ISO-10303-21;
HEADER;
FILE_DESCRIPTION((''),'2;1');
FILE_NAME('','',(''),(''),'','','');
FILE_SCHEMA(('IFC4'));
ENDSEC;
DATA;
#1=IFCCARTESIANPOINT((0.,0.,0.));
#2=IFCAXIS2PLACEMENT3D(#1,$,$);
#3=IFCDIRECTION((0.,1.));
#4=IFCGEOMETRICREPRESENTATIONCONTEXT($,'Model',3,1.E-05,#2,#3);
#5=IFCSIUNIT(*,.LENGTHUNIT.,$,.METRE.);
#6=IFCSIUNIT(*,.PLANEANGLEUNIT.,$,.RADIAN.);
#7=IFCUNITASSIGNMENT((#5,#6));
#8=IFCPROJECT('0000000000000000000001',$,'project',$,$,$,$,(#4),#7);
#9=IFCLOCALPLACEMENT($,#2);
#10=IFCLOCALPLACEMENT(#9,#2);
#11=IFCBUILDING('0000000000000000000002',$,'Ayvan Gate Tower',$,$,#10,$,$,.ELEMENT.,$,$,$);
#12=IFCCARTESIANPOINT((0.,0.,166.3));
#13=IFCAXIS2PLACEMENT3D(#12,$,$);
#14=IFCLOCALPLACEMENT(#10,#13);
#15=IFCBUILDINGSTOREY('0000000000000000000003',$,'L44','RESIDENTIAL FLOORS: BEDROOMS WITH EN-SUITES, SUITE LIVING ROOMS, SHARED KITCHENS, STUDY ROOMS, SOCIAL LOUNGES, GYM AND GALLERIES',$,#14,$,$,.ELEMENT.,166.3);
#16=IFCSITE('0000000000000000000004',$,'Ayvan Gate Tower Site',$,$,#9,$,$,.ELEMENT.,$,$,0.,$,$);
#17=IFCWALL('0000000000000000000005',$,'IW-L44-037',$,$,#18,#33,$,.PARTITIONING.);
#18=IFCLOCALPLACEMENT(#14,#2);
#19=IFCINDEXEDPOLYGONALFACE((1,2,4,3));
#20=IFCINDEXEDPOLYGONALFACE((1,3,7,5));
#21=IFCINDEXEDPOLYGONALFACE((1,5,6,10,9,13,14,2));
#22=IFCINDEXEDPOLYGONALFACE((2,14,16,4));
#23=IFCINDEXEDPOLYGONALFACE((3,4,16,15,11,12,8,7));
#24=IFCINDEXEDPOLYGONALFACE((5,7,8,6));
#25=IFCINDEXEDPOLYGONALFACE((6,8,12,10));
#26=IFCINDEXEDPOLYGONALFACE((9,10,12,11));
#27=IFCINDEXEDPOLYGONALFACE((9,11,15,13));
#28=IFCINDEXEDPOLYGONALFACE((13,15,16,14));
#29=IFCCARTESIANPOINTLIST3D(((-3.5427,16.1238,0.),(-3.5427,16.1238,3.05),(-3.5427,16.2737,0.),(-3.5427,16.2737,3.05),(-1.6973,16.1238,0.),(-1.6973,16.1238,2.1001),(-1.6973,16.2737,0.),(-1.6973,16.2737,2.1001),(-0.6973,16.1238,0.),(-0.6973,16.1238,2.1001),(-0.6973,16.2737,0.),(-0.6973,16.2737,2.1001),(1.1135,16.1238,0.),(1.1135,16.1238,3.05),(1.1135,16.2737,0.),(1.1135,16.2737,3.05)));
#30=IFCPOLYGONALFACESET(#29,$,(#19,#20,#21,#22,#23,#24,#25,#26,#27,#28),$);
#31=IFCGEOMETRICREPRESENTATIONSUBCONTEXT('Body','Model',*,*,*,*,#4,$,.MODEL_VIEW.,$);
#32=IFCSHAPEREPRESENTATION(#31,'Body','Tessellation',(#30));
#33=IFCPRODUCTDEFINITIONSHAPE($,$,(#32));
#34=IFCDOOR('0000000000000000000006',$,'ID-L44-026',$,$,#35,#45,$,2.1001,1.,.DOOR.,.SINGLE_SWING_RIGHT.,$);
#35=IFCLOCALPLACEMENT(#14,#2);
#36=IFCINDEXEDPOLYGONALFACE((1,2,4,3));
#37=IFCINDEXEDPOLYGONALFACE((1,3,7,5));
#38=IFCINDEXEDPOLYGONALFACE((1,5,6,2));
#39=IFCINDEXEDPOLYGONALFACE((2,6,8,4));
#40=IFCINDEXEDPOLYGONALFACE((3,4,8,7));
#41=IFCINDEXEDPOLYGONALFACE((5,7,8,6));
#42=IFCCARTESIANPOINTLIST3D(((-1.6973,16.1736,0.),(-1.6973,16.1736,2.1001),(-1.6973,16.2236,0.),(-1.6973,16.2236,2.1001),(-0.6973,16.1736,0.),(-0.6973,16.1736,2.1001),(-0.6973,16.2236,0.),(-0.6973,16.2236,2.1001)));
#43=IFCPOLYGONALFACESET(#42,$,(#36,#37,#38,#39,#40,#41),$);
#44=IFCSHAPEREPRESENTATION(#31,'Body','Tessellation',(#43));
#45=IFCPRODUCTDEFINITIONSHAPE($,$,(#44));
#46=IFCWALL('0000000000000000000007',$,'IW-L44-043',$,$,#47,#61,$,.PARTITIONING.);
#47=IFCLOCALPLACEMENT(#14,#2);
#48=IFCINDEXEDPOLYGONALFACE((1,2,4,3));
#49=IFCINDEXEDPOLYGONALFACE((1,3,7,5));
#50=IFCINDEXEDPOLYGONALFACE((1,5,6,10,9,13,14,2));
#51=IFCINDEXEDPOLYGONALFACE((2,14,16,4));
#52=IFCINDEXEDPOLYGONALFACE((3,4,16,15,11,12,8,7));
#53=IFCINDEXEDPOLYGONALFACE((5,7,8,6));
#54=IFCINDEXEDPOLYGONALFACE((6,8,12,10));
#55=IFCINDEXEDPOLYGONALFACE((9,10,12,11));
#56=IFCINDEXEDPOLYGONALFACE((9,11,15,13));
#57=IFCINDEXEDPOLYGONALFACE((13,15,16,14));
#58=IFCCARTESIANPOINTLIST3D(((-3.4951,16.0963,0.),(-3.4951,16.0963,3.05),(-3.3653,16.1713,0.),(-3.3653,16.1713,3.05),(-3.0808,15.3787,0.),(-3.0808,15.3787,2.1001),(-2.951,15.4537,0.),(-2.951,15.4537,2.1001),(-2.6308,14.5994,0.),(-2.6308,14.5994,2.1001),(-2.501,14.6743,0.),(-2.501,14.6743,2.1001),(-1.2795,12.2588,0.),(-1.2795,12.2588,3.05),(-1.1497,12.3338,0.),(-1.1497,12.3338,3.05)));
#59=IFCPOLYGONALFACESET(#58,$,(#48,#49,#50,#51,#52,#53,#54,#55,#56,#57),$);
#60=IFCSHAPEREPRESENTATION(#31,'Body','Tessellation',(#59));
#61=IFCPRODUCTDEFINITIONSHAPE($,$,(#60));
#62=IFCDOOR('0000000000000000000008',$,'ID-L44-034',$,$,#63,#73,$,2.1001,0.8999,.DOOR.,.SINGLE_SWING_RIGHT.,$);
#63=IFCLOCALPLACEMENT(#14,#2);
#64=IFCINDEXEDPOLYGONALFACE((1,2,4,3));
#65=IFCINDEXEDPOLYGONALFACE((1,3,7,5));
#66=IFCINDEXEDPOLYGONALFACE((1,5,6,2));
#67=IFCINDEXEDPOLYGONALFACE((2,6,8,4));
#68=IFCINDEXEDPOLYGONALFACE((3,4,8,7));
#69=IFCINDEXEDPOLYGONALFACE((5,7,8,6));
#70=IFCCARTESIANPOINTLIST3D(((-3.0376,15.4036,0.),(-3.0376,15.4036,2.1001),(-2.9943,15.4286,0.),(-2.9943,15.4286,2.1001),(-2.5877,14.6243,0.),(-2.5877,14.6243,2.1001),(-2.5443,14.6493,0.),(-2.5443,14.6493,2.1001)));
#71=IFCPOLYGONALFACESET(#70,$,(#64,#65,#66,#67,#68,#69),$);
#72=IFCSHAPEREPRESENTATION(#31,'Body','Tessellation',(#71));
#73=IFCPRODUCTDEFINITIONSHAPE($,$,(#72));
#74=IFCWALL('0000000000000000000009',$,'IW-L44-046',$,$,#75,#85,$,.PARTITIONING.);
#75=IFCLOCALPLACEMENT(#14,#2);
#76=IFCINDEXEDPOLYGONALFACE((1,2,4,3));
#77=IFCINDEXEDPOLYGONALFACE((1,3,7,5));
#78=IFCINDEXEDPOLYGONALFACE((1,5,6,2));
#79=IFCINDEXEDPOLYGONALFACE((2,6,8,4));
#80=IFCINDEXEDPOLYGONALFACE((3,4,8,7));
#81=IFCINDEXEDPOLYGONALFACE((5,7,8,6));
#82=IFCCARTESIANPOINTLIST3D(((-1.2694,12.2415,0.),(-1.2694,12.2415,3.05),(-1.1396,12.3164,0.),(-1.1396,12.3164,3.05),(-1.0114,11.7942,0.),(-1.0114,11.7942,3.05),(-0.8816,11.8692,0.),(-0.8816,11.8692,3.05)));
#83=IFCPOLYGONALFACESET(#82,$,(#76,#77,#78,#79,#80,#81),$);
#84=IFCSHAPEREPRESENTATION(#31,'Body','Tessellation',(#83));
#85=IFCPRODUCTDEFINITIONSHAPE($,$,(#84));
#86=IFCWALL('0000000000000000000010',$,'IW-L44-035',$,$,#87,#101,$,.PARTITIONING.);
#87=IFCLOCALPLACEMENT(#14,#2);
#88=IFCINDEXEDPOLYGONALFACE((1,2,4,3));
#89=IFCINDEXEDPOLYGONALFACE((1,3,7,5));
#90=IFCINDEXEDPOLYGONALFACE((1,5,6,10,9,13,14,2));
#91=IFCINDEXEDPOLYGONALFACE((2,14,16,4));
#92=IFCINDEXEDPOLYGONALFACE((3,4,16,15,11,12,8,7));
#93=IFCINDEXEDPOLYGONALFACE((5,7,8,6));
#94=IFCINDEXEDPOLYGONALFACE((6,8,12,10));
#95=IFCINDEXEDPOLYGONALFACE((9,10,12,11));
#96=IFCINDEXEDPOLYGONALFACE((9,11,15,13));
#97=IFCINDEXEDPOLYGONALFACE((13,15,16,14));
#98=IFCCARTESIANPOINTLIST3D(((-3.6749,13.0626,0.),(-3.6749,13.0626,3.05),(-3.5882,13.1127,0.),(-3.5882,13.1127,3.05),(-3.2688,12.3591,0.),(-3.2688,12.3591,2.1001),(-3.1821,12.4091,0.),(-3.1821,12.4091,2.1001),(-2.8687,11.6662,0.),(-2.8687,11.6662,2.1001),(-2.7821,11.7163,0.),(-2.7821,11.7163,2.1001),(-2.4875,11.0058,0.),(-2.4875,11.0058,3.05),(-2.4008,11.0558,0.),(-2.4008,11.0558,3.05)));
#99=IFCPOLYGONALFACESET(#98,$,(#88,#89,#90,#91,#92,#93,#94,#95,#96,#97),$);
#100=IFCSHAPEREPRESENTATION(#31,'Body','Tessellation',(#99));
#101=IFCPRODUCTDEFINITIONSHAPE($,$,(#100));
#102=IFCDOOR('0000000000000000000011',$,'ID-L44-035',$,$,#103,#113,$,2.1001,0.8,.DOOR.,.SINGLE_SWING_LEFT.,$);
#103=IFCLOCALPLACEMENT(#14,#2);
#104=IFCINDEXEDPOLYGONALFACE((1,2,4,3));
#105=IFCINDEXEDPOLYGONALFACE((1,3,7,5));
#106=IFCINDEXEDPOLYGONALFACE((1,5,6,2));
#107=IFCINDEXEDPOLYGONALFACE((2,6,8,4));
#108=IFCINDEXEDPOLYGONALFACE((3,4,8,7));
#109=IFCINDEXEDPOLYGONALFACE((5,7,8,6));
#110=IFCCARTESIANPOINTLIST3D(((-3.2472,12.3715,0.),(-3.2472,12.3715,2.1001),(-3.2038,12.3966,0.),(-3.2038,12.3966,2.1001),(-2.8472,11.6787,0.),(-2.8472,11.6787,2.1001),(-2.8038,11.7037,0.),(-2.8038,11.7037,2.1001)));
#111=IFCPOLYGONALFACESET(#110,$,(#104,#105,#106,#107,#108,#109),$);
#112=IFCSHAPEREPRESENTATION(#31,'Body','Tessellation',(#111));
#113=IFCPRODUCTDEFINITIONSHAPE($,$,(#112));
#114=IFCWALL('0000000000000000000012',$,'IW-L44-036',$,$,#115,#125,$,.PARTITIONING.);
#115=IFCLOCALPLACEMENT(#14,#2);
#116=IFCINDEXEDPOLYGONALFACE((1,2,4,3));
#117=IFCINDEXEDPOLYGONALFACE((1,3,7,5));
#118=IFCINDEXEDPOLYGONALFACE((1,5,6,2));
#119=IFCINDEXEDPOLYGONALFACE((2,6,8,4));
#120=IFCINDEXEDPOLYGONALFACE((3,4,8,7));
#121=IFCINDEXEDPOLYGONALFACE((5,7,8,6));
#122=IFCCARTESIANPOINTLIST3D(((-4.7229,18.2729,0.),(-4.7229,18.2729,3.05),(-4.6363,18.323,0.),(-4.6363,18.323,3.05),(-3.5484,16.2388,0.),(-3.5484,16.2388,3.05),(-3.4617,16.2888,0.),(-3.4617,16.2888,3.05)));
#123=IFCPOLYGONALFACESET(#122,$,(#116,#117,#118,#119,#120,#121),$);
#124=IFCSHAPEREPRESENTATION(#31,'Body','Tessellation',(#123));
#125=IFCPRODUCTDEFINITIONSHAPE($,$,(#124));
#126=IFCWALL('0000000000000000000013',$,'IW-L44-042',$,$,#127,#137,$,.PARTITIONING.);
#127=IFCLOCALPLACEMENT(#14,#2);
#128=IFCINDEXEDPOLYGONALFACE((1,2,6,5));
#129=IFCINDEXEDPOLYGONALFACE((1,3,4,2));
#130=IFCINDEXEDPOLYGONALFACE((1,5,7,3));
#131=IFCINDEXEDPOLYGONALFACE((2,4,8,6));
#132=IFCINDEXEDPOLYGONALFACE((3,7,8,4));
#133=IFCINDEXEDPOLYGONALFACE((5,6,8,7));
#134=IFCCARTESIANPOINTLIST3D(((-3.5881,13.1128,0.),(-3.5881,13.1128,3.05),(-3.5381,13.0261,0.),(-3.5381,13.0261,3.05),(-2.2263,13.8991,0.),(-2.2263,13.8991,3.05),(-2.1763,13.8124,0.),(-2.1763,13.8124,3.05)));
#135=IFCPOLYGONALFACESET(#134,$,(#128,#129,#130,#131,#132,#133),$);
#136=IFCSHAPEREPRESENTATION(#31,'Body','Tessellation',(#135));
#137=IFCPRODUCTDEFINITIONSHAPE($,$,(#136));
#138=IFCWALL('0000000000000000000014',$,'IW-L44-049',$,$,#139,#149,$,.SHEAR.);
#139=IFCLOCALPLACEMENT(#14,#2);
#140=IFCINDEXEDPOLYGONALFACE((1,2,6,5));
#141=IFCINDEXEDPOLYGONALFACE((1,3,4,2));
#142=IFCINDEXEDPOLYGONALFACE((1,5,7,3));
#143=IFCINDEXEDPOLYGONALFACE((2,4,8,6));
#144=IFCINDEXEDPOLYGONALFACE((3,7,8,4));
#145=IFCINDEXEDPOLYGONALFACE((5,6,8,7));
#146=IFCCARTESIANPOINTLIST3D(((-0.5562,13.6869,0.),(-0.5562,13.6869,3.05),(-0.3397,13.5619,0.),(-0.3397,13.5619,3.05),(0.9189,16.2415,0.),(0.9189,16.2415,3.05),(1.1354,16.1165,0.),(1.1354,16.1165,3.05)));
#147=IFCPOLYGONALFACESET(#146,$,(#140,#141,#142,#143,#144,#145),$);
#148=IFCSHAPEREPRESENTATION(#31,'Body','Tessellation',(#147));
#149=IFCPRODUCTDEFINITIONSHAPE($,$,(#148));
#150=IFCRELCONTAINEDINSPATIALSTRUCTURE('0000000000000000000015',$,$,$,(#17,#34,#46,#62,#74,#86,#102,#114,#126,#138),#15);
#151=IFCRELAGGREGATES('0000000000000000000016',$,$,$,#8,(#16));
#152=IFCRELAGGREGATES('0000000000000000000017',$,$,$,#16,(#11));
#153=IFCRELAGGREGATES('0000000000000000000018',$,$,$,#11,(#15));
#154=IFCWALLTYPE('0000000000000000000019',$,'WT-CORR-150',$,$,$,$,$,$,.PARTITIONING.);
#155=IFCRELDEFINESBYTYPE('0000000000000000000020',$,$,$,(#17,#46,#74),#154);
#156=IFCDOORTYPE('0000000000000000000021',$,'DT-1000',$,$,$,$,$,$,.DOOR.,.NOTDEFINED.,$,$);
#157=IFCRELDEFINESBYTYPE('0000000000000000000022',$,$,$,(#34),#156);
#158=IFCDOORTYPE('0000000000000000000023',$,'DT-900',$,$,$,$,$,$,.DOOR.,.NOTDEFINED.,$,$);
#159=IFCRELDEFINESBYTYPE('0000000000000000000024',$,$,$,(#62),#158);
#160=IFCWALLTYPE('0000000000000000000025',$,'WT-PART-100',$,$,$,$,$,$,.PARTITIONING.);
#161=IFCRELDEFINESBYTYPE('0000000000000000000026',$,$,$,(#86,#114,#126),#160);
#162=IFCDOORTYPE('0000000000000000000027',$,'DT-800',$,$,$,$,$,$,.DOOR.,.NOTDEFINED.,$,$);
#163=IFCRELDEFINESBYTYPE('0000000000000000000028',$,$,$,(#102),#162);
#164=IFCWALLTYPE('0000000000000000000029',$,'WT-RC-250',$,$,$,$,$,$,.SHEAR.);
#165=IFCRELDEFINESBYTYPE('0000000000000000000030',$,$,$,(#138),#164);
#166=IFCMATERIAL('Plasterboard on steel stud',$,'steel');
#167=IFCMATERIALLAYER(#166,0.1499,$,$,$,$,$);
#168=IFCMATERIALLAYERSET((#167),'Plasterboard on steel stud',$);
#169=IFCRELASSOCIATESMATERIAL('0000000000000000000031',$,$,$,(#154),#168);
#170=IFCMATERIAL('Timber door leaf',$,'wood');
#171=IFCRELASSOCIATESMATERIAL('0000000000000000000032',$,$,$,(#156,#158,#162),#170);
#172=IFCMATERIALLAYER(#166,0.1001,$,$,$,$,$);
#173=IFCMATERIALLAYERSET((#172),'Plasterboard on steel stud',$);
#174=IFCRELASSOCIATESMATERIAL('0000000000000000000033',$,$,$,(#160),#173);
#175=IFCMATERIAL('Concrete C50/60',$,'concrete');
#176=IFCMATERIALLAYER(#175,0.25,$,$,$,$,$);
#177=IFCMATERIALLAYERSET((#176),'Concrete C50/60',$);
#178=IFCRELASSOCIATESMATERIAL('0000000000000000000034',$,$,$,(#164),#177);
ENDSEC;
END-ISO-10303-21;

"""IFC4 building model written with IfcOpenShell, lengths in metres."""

from ifc_helpers import new_model, si_unit, direction, frame, frame_2d, origin, place, context, subcontext, project, spatial, rectangle, extrude, material, layer, layer_set, type_object, element, fill, save


model = new_model("IFC4")

# Units and contexts
model_context = context("Model", 3, precision=1e-05, world=origin(), true_north=direction((0.0, 1.0)))
body_context = subcontext(model_context, "Body", "Model", "MODEL_VIEW")
ifc_project = project(units=[si_unit("LENGTHUNIT", "METRE"), si_unit("PLANEANGLEUNIT", "RADIAN")], contexts=[model_context])

# Site, building, storey
site_placement = place(None, origin())
site = spatial("IfcSite", under=ifc_project, at=site_placement, Name="Ayvan Gate Tower Site", CompositionType="ELEMENT", RefElevation=0.0)
building_placement = place(site_placement, origin())
building = spatial("IfcBuilding", under=site, at=building_placement, Name="Ayvan Gate Tower", CompositionType="ELEMENT")
storey_placement = place(building_placement, frame((0.0, 0.0, 166.3)))
storey = spatial("IfcBuildingStorey", under=building, at=storey_placement, Name="L44", Description="RESIDENTIAL FLOORS: BEDROOMS WITH EN-SUITES, SUITE LIVING ROOMS, SHARED KITCHENS, STUDY ROOMS, SOCIAL LOUNGES, GYM AND GALLERIES", CompositionType="ELEMENT", Elevation=166.3)

# Walls, openings, doors
ifc_material_1 = material(Name="Plasterboard on steel stud", Category="steel")
ifc_layer_1 = layer(ifc_material_1, 0.1499)
ifc_layer_set_1 = layer_set([ifc_layer_1], Name="Plasterboard on steel stud")
wall_type_1 = type_object("IfcWallType", Name="WT-CORR-150", PredefinedType="PARTITIONING", material=ifc_layer_set_1)
wall_1_placement = place(storey_placement, frame((-3.5427, 16.1987, 0.0), z_axis=(0.0, 0.0, 1.0), x_axis=(1.0, 0.0, 0.0)))
wall_1 = element("IfcWall", 1, at=wall_1_placement, inside=storey, type_object=wall_type_1, Name="IW-L44-037", PredefinedType="PARTITIONING", context=body_context, shape_type="SweptSolid", body=[
    extrude(rectangle(XDim=4.6562, YDim=0.1499, at=frame_2d((2.3281, 0.0))), origin(), (0.0, 0.0, 1.0), 3.05),
])
opening_1_placement = place(wall_1_placement, frame((1.8455, 0.0, 0.0)))
opening_1 = element("IfcOpeningElement", 2, at=opening_1_placement, cuts=wall_1, PredefinedType="OPENING", context=body_context, shape_type="SweptSolid", body=[
    extrude(rectangle(XDim=1.0, YDim=2.1001, at=frame_2d((0.5, 1.05))), frame((0.0, 0.085, 0.0), z_axis=(0.0, -1.0, 0.0), x_axis=(1.0, 0.0, 0.0)), (0.0, 0.0, 1.0), 0.1699),
])
ifc_material_2 = material(Name="Timber door leaf", Category="wood")
door_type_1 = type_object("IfcDoorType", Name="DT-1000", OperationType="NOTDEFINED", PredefinedType="DOOR", material=ifc_material_2)
door_1_placement = place(opening_1_placement, origin())
door_1 = element("IfcDoor", 3, at=door_1_placement, inside=storey, type_object=door_type_1, Name="ID-L44-026", OperationType="SINGLE_SWING_RIGHT", OverallHeight=2.1001, OverallWidth=1.0, PredefinedType="DOOR", context=body_context, shape_type="SweptSolid", body=[
    extrude(rectangle(XDim=1.0, YDim=2.1001, at=frame_2d((0.5, 1.05))), frame((0.0, 0.0249, 0.0), z_axis=(0.0, -1.0, 0.0), x_axis=(1.0, 0.0, 0.0)), (0.0, 0.0, 1.0), 0.05),
])
fill(opening_1, door_1)
wall_2_placement = place(storey_placement, frame((-3.4302, 16.1338, 0.0), z_axis=(0.0, 0.0, 1.0), x_axis=(0.500009, -0.86602, 0.0)))
wall_2 = element("IfcWall", 4, at=wall_2_placement, inside=storey, type_object=wall_type_1, Name="IW-L44-043", PredefinedType="PARTITIONING", context=body_context, shape_type="SweptSolid", body=[
    extrude(rectangle(XDim=4.4312, YDim=0.1499, at=frame_2d((2.2156, 0.0))), origin(), (0.0, 0.0, 1.0), 3.05),
])
opening_2_placement = place(wall_2_placement, frame((0.8286, 0.0, 0.0)))
opening_2 = element("IfcOpeningElement", 5, at=opening_2_placement, cuts=wall_2, PredefinedType="OPENING", context=body_context, shape_type="SweptSolid", body=[
    extrude(rectangle(XDim=0.8999, YDim=2.1001, at=frame_2d((0.45, 1.05))), frame((0.0, 0.085, 0.0), z_axis=(0.0, -1.0, 0.0), x_axis=(1.0, 0.0, 0.0)), (0.0, 0.0, 1.0), 0.1699),
])
door_type_2 = type_object("IfcDoorType", Name="DT-900", OperationType="NOTDEFINED", PredefinedType="DOOR", material=ifc_material_2)
door_2_placement = place(opening_2_placement, origin())
door_2 = element("IfcDoor", 6, at=door_2_placement, inside=storey, type_object=door_type_2, Name="ID-L44-034", OperationType="SINGLE_SWING_RIGHT", OverallHeight=2.1001, OverallWidth=0.8999, PredefinedType="DOOR", context=body_context, shape_type="SweptSolid", body=[
    extrude(rectangle(XDim=0.8999, YDim=2.1001, at=frame_2d((0.45, 1.05))), frame((0.0, 0.0249, 0.0), z_axis=(0.0, -1.0, 0.0), x_axis=(1.0, 0.0, 0.0)), (0.0, 0.0, 1.0), 0.05),
])
fill(opening_2, door_2)

# Wall
wall_3_placement = place(storey_placement, frame((-1.2046, 12.2791, 0.0), z_axis=(0.0, 0.0, 1.0), x_axis=(0.49975, -0.86617, 0.0)))
element("IfcWall", 7, at=wall_3_placement, inside=storey, type_object=wall_type_1, Name="IW-L44-046", PredefinedType="PARTITIONING", context=body_context, shape_type="SweptSolid", body=[
    extrude(rectangle(XDim=0.5164, YDim=0.1499, at=frame_2d((0.2583, 0.0))), origin(), (0.0, 0.0, 1.0), 3.05),
])

# Wall, opening, door
ifc_layer_2 = layer(ifc_material_1, 0.1001)
ifc_layer_set_2 = layer_set([ifc_layer_2], Name="Plasterboard on steel stud")
wall_type_2 = type_object("IfcWallType", Name="WT-PART-100", PredefinedType="PARTITIONING", material=ifc_layer_set_2)
wall_4_placement = place(storey_placement, frame((-3.6316, 13.0876, 0.0), z_axis=(0.0, 0.0, 1.0), x_axis=(0.499986, -0.866033, 0.0)))
wall_4 = element("IfcWall", 8, at=wall_4_placement, inside=storey, type_object=wall_type_2, Name="IW-L44-035", PredefinedType="PARTITIONING", context=body_context, shape_type="SweptSolid", body=[
    extrude(rectangle(XDim=2.375, YDim=0.1001, at=frame_2d((1.1875, 0.0))), origin(), (0.0, 0.0, 1.0), 3.05),
])
opening_3_placement = place(wall_4_placement, frame((0.8125, 0.0, 0.0)))
opening_3 = element("IfcOpeningElement", 9, at=opening_3_placement, cuts=wall_4, PredefinedType="OPENING", context=body_context, shape_type="SweptSolid", body=[
    extrude(rectangle(XDim=0.8, YDim=2.1001, at=frame_2d((0.3999, 1.05))), frame((0.0, 0.0601, 0.0), z_axis=(0.0, -1.0, 0.0), x_axis=(1.0, 0.0, 0.0)), (0.0, 0.0, 1.0), 0.1201),
])
door_type_3 = type_object("IfcDoorType", Name="DT-800", OperationType="NOTDEFINED", PredefinedType="DOOR", material=ifc_material_2)
door_3_placement = place(opening_3_placement, origin())
door_3 = element("IfcDoor", 10, at=door_3_placement, inside=storey, type_object=door_type_3, Name="ID-L44-035", OperationType="SINGLE_SWING_LEFT", OverallHeight=2.1001, OverallWidth=0.8, PredefinedType="DOOR", context=body_context, shape_type="SweptSolid", body=[
    extrude(rectangle(XDim=0.8, YDim=2.1001, at=frame_2d((0.3999, 1.05))), frame((0.0, 0.0249, 0.0), z_axis=(0.0, -1.0, 0.0), x_axis=(1.0, 0.0, 0.0)), (0.0, 0.0, 1.0), 0.05),
])
fill(opening_3, door_3)

# Walls
wall_5_placement = place(storey_placement, frame((-3.5051, 16.2639, 0.0), z_axis=(0.0, 0.0, 1.0), x_axis=(-0.50004, 0.866002, 0.0)))
element("IfcWall", 11, at=wall_5_placement, inside=storey, type_object=wall_type_2, Name="IW-L44-036", PredefinedType="PARTITIONING", context=body_context, shape_type="SweptSolid", body=[
    extrude(rectangle(XDim=2.3489, YDim=0.1001, at=frame_2d((1.1743, 0.0))), origin(), (0.0, 0.0, 1.0), 3.05),
])
wall_6_placement = place(storey_placement, frame((-2.2014, 13.8557, 0.0), z_axis=(0.0, 0.0, 1.0), x_axis=(-0.865989, -0.500063, 0.0)))
element("IfcWall", 12, at=wall_6_placement, inside=storey, type_object=wall_type_2, Name="IW-L44-042", PredefinedType="PARTITIONING", context=body_context, shape_type="SweptSolid", body=[
    extrude(rectangle(XDim=1.5725, YDim=0.1001, at=frame_2d((0.7861, 0.0))), origin(), (0.0, 0.0, 1.0), 3.05),
])
ifc_material_3 = material(Name="Concrete C50/60", Category="concrete")
ifc_layer_3 = layer(ifc_material_3, 0.25)
ifc_layer_set_3 = layer_set([ifc_layer_3], Name="Concrete C50/60")
wall_type_3 = type_object("IfcWallType", Name="WT-RC-250", PredefinedType="SHEAR", material=ifc_layer_set_3)
wall_7_placement = place(storey_placement, frame((-0.448, 13.6243, 0.0), z_axis=(0.0, 0.0, 1.0), x_axis=(0.500038, 0.866004, 0.0)))
element("IfcWall", 13, at=wall_7_placement, inside=storey, type_object=wall_type_3, Name="IW-L44-049", PredefinedType="SHEAR", context=body_context, shape_type="SweptSolid", body=[
    extrude(rectangle(XDim=2.95, YDim=0.25, at=frame_2d((1.4751, 0.0))), origin(), (0.0, 0.0, 1.0), 3.05),
])

save(model, "model.ifc")
